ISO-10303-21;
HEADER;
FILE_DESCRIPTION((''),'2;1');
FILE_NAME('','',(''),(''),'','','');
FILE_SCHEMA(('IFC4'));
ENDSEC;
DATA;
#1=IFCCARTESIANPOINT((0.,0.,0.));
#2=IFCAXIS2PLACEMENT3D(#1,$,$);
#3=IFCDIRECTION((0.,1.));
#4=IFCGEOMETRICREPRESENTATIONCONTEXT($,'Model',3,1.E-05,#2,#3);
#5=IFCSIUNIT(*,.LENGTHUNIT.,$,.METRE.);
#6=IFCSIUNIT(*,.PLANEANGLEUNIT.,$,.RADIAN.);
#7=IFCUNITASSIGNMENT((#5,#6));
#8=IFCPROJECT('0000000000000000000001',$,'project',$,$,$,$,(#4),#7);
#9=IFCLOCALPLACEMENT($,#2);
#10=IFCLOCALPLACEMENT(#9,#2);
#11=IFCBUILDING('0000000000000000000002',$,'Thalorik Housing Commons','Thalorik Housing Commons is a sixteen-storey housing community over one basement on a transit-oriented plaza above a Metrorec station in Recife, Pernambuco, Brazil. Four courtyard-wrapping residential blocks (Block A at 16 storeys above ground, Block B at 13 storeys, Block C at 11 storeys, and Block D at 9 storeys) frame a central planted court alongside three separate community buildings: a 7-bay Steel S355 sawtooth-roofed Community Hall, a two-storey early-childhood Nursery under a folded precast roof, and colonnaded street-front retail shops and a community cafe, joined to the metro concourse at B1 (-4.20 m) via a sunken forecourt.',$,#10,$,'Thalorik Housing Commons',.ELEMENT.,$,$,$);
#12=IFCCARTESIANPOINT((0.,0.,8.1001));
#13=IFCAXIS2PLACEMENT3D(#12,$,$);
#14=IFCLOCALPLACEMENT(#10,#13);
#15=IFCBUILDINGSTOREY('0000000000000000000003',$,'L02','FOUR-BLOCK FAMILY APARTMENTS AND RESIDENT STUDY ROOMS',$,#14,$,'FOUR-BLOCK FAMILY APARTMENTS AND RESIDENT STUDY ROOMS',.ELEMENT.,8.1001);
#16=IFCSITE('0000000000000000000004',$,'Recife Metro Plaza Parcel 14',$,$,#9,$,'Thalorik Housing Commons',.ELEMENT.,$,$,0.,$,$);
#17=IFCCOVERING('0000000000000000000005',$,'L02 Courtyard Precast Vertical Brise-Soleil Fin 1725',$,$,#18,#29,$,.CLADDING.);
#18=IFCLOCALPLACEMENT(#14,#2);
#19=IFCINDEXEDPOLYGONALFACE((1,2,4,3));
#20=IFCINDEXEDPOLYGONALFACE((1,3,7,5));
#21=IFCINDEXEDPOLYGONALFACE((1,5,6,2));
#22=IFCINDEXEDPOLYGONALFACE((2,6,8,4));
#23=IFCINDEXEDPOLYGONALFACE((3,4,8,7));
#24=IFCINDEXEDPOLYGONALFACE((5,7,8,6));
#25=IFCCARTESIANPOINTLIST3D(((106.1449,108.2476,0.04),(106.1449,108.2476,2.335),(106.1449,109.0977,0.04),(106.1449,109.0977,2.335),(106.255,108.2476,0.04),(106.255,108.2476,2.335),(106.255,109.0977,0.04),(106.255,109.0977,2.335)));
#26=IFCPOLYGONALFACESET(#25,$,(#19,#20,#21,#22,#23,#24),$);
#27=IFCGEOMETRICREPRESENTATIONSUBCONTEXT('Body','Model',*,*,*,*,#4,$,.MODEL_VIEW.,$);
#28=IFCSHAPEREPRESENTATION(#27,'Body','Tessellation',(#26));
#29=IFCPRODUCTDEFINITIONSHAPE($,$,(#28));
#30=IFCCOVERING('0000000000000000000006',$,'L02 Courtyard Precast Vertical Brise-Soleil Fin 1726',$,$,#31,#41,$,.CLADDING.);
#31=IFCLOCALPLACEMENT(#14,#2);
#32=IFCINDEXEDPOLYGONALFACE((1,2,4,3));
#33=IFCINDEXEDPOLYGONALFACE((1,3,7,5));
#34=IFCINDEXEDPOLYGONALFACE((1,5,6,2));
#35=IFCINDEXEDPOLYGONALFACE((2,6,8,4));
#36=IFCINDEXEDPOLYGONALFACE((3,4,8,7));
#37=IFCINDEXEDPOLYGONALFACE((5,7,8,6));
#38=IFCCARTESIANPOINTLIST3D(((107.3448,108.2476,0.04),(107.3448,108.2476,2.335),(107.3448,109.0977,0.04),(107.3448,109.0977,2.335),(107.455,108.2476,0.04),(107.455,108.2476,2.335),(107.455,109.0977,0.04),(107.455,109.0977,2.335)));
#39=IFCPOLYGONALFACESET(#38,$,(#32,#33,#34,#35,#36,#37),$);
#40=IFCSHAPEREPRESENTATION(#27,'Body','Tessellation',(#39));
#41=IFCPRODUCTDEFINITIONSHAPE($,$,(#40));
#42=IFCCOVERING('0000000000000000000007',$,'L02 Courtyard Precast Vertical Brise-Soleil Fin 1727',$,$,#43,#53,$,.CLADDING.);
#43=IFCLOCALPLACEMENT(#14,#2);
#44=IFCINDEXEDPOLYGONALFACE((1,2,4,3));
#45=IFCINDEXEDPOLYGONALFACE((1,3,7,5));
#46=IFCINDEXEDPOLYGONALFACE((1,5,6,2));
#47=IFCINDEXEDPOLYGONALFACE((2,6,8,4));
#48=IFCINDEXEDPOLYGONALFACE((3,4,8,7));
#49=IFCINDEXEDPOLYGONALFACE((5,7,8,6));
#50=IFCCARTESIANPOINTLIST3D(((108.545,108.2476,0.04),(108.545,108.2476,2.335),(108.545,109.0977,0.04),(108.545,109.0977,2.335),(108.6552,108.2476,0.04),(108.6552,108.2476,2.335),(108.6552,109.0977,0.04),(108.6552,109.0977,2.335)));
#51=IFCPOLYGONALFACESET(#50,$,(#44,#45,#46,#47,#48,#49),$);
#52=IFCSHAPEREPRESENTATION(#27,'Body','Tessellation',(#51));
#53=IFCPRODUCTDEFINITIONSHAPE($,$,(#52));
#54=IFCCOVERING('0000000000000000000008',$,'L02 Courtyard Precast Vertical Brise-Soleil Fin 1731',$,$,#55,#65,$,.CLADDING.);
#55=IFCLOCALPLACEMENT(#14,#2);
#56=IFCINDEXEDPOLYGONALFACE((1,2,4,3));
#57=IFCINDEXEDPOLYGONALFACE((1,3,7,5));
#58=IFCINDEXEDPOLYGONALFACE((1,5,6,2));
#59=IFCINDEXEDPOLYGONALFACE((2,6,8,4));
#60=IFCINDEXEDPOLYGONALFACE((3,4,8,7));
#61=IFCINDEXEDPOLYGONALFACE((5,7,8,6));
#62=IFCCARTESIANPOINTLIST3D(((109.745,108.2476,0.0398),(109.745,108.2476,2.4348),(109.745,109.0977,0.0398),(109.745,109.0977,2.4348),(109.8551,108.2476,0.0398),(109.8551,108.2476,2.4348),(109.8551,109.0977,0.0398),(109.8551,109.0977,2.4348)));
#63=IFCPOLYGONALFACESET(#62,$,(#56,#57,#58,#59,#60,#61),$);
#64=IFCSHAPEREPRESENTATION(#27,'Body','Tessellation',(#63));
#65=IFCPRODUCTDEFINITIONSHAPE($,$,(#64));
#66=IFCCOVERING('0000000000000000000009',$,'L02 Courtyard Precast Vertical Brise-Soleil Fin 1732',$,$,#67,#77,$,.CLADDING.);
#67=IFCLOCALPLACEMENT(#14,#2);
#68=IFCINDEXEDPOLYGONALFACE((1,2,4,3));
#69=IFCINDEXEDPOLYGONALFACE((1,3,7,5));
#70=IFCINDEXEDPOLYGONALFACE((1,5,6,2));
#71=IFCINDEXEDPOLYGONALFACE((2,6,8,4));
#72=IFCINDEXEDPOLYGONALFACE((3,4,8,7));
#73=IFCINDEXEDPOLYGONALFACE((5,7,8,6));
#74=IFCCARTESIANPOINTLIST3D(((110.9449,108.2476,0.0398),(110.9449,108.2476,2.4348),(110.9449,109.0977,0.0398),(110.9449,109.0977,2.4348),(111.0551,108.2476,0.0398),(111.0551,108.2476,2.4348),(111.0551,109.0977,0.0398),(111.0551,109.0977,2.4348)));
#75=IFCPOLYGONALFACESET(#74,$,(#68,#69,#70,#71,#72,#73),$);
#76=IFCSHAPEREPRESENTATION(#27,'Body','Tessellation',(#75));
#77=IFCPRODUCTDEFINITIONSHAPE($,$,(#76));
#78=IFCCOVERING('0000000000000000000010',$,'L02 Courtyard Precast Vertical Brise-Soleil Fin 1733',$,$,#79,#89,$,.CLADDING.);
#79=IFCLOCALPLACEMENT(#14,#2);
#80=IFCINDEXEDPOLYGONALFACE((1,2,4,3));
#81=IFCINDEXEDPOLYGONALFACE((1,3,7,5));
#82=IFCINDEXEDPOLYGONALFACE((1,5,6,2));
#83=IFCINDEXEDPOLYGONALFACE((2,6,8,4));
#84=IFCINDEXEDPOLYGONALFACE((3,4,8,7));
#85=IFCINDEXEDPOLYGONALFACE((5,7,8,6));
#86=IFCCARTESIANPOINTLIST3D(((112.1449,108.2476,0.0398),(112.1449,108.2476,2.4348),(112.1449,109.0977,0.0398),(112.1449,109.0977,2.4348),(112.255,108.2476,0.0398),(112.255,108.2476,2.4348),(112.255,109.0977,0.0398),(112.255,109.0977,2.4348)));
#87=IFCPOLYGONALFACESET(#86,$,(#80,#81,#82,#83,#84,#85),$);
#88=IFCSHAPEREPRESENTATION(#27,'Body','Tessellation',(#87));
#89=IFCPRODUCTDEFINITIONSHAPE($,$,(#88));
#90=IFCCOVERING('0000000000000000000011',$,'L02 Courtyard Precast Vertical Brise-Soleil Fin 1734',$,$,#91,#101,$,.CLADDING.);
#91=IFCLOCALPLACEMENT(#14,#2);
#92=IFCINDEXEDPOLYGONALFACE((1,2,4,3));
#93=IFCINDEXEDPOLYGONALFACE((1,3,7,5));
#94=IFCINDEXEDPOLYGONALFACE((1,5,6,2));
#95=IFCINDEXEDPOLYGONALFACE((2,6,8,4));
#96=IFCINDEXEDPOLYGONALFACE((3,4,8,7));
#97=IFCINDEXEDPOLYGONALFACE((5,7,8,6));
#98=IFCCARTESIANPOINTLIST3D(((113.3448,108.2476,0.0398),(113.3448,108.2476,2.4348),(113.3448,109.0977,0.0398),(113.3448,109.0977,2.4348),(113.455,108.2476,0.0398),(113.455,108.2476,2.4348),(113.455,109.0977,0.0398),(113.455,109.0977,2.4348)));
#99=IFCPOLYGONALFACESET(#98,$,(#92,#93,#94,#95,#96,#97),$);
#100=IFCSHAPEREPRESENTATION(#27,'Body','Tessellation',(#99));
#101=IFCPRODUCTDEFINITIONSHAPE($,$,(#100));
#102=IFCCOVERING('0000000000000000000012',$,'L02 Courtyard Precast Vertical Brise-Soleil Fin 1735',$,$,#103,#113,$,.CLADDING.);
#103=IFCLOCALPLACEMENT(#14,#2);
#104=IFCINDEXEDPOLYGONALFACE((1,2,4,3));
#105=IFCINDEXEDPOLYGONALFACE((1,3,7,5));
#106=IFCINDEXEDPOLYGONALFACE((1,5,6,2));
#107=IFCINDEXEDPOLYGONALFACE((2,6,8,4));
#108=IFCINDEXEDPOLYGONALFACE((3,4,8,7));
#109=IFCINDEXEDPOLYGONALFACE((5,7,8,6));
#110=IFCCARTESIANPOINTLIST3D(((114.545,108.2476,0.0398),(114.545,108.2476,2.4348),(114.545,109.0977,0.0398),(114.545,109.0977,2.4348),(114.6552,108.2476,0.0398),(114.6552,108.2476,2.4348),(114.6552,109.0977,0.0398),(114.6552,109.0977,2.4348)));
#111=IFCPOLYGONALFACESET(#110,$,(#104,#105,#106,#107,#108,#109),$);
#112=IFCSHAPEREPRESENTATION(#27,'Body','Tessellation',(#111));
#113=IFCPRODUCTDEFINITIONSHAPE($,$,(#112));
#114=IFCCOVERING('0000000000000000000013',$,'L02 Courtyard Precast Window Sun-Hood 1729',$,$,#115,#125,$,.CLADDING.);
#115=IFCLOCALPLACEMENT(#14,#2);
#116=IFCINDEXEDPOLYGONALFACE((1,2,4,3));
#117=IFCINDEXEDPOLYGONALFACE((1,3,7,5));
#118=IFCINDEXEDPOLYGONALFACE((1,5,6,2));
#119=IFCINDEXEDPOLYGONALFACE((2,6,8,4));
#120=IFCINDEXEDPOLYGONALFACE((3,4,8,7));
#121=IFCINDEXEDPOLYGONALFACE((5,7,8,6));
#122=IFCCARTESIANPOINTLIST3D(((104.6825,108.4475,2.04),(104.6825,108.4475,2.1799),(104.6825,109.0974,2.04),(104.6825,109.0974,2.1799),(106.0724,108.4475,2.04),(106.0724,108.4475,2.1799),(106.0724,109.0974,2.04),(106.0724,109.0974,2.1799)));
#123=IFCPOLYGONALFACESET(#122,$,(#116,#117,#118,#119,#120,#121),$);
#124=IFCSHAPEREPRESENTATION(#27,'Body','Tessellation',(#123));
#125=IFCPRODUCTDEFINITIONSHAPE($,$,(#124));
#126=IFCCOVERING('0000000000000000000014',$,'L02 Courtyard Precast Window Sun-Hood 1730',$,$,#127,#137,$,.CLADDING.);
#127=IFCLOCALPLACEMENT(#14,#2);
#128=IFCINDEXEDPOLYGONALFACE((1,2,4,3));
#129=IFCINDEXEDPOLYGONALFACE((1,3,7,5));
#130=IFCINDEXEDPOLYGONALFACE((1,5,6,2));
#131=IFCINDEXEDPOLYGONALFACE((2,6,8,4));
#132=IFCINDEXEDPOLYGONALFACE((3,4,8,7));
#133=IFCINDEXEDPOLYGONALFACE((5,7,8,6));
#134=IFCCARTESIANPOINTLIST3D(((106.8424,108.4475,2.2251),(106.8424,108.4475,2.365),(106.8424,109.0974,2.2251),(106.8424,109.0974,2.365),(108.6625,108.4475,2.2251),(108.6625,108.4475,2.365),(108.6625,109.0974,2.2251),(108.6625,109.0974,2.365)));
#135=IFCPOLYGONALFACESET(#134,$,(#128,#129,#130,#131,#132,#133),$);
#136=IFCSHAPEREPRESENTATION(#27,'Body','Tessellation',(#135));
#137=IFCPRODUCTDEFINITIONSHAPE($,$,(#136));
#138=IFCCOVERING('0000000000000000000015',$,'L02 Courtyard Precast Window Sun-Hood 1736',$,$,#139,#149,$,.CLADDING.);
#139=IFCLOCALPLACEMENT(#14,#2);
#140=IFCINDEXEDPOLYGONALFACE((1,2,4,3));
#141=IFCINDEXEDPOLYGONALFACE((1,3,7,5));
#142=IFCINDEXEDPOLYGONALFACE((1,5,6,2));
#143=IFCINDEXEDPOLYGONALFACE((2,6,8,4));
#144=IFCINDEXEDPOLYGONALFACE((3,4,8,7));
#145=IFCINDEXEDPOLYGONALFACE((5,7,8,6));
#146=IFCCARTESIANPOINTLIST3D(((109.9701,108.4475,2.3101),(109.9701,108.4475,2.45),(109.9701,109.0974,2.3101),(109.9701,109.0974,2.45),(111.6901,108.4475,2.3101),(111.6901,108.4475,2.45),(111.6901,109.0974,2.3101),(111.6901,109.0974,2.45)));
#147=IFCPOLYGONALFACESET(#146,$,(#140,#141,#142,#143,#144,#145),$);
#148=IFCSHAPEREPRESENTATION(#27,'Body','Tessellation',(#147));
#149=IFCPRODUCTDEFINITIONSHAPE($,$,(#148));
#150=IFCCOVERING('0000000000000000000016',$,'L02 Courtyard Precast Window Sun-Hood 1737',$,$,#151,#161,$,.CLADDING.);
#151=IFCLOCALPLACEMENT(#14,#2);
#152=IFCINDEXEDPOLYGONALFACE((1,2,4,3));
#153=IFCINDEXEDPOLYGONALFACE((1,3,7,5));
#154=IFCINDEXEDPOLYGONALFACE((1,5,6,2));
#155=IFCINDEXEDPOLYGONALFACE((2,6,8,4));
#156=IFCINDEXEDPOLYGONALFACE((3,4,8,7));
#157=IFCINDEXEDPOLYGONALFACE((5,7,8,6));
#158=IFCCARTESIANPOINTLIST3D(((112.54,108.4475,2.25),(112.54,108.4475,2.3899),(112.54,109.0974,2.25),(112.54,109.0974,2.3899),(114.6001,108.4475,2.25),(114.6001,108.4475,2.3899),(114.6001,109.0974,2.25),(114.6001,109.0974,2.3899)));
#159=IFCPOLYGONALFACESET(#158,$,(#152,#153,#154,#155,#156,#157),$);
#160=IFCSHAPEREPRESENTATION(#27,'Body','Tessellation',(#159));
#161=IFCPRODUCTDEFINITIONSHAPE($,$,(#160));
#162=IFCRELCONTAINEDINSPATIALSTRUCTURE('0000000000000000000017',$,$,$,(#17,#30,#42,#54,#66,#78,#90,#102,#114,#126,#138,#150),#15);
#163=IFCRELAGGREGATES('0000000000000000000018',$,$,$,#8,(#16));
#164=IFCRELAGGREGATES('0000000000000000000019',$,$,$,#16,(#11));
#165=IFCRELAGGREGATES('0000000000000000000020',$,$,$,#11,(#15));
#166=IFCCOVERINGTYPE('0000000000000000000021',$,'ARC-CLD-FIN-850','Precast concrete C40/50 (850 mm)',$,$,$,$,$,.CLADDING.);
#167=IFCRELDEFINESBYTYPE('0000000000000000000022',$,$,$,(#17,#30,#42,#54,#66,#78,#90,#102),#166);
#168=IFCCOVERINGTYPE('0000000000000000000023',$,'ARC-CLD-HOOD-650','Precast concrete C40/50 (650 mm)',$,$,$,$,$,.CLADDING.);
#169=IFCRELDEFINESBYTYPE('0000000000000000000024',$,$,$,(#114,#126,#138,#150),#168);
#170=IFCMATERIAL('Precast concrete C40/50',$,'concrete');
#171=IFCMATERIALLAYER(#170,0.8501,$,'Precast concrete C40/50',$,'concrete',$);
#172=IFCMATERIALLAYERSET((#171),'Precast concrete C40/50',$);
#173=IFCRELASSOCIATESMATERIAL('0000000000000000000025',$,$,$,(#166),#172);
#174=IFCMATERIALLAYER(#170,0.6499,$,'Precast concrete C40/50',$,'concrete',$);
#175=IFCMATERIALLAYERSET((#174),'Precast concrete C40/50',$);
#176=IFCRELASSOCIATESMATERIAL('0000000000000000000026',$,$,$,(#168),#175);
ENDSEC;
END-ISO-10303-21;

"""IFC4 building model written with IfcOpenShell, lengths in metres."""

from ifc_helpers import new_model, si_unit, direction, frame, origin, origin_2d, place, context, subcontext, project, spatial, rectangle, extrude, material, layer, layer_set, type_object, element, save


model = new_model("IFC4")

# Units and contexts
model_context = context("Model", 3, precision=1e-05, world=origin(), true_north=direction((0.0, 1.0)))
body_context = subcontext(model_context, "Body", "Model", "MODEL_VIEW")
ifc_project = project(units=[si_unit("LENGTHUNIT", "METRE"), si_unit("PLANEANGLEUNIT", "RADIAN")], contexts=[model_context])

# Site, building, storey
site_placement = place(None, origin())
site = spatial("IfcSite", under=ifc_project, at=site_placement, Name="Recife Metro Plaza Parcel 14", LongName="Thalorik Housing Commons", CompositionType="ELEMENT", RefElevation=0.0)
building_placement = place(site_placement, origin())
building = spatial("IfcBuilding", under=site, at=building_placement, Name="Thalorik Housing Commons", Description="Thalorik Housing Commons is a sixteen-storey housing community over one basement on a transit-oriented plaza above a Metrorec station in Recife, Pernambuco, Brazil. Four courtyard-wrapping residential blocks (Block A at 16 storeys above ground, Block B at 13 storeys, Block C at 11 storeys, and Block D at 9 storeys) frame a central planted court alongside three separate community buildings: a 7-bay Steel S355 sawtooth-roofed Community Hall, a two-storey early-childhood Nursery under a folded precast roof, and colonnaded street-front retail shops and a community cafe, joined to the metro concourse at B1 (-4.20 m) via a sunken forecourt.", LongName="Thalorik Housing Commons", CompositionType="ELEMENT")
storey_placement = place(building_placement, frame((0.0, 0.0, 8.1001)))
storey = spatial("IfcBuildingStorey", under=building, at=storey_placement, Name="L02", Description="FOUR-BLOCK FAMILY APARTMENTS AND RESIDENT STUDY ROOMS", LongName="FOUR-BLOCK FAMILY APARTMENTS AND RESIDENT STUDY ROOMS", CompositionType="ELEMENT", Elevation=8.1001)

# Coverings
ifc_material_1 = material(Name="Precast concrete C40/50", Category="concrete")
ifc_layer_1 = layer(ifc_material_1, 0.8501, Name="Precast concrete C40/50", Category="concrete")
ifc_layer_set_1 = layer_set([ifc_layer_1], Name="Precast concrete C40/50")
covering_type_1 = type_object("IfcCoveringType", Name="ARC-CLD-FIN-850", Description="Precast concrete C40/50 (850 mm)", PredefinedType="CLADDING", material=ifc_layer_set_1)
for number, where, z_axis, x_axis, name in (
    (1, (106.2, 108.6726, 0.04), (0.0, 0.0, 1.0), (1.0, 0.0, 0.0), "L02 Courtyard Precast Vertical Brise-Soleil Fin 1725"),
    (2, (107.3999, 108.6726, 0.04), (0.0, 0.0, 1.0), (1.0, 0.0, 0.0), "L02 Courtyard Precast Vertical Brise-Soleil Fin 1726"),
    (3, (108.6001, 108.6726, 0.04), (0.0, 0.0, 1.0), (1.0, 0.0, 0.0), "L02 Courtyard Precast Vertical Brise-Soleil Fin 1727"),
):
    element("IfcCovering", number, at=place(storey_placement, frame(where, z_axis=z_axis, x_axis=x_axis)), inside=storey, type_object=covering_type_1, Name=name, PredefinedType="CLADDING", context=body_context, shape_type="SweptSolid", body=[
        extrude(rectangle(XDim=0.1101, YDim=0.8501, at=origin_2d()), origin(), (0.0, 0.0, 1.0), 2.2949),
    ])
for number, where, z_axis, x_axis, name in (
    (4, (109.8, 108.6726, 0.0398), (0.0, 0.0, 1.0), (1.0, 0.0, 0.0), "L02 Courtyard Precast Vertical Brise-Soleil Fin 1731"),
    (5, (111.0, 108.6726, 0.0398), (0.0, 0.0, 1.0), (1.0, 0.0, 0.0), "L02 Courtyard Precast Vertical Brise-Soleil Fin 1732"),
    (6, (112.2, 108.6726, 0.0398), (0.0, 0.0, 1.0), (1.0, 0.0, 0.0), "L02 Courtyard Precast Vertical Brise-Soleil Fin 1733"),
    (7, (113.3999, 108.6726, 0.0398), (0.0, 0.0, 1.0), (1.0, 0.0, 0.0), "L02 Courtyard Precast Vertical Brise-Soleil Fin 1734"),
    (8, (114.6001, 108.6726, 0.0398), (0.0, 0.0, 1.0), (1.0, 0.0, 0.0), "L02 Courtyard Precast Vertical Brise-Soleil Fin 1735"),
):
    element("IfcCovering", number, at=place(storey_placement, frame(where, z_axis=z_axis, x_axis=x_axis)), inside=storey, type_object=covering_type_1, Name=name, PredefinedType="CLADDING", context=body_context, shape_type="SweptSolid", body=[
        extrude(rectangle(XDim=0.1101, YDim=0.8501, at=origin_2d()), origin(), (0.0, 0.0, 1.0), 2.395),
    ])
ifc_layer_2 = layer(ifc_material_1, 0.6499, Name="Precast concrete C40/50", Category="concrete")
ifc_layer_set_2 = layer_set([ifc_layer_2], Name="Precast concrete C40/50")
covering_type_2 = type_object("IfcCoveringType", Name="ARC-CLD-HOOD-650", Description="Precast concrete C40/50 (650 mm)", PredefinedType="CLADDING", material=ifc_layer_set_2)
covering_1_placement = place(storey_placement, frame((105.3774, 108.7725, 2.04), z_axis=(0.0, 0.0, 1.0), x_axis=(1.0, 0.0, 0.0)))
element("IfcCovering", 9, at=covering_1_placement, inside=storey, type_object=covering_type_2, Name="L02 Courtyard Precast Window Sun-Hood 1729", PredefinedType="CLADDING", context=body_context, shape_type="SweptSolid", body=[
    extrude(rectangle(XDim=1.3899, YDim=0.6499, at=origin_2d()), origin(), (0.0, 0.0, 1.0), 0.1399),
])
covering_2_placement = place(storey_placement, frame((107.7524, 108.7725, 2.2251), z_axis=(0.0, 0.0, 1.0), x_axis=(1.0, 0.0, 0.0)))
element("IfcCovering", 10, at=covering_2_placement, inside=storey, type_object=covering_type_2, Name="L02 Courtyard Precast Window Sun-Hood 1730", PredefinedType="CLADDING", context=body_context, shape_type="SweptSolid", body=[
    extrude(rectangle(XDim=1.8201, YDim=0.6499, at=origin_2d()), origin(), (0.0, 0.0, 1.0), 0.1399),
])
covering_3_placement = place(storey_placement, frame((110.8301, 108.7725, 2.3101), z_axis=(0.0, 0.0, 1.0), x_axis=(1.0, 0.0, 0.0)))
element("IfcCovering", 11, at=covering_3_placement, inside=storey, type_object=covering_type_2, Name="L02 Courtyard Precast Window Sun-Hood 1736", PredefinedType="CLADDING", context=body_context, shape_type="SweptSolid", body=[
    extrude(rectangle(XDim=1.72, YDim=0.6499, at=origin_2d()), origin(), (0.0, 0.0, 1.0), 0.1399),
])
covering_4_placement = place(storey_placement, frame((113.5701, 108.7725, 2.25), z_axis=(0.0, 0.0, 1.0), x_axis=(1.0, 0.0, 0.0)))
element("IfcCovering", 12, at=covering_4_placement, inside=storey, type_object=covering_type_2, Name="L02 Courtyard Precast Window Sun-Hood 1737", PredefinedType="CLADDING", context=body_context, shape_type="SweptSolid", body=[
    extrude(rectangle(XDim=2.0601, YDim=0.6499, at=origin_2d()), origin(), (0.0, 0.0, 1.0), 0.1399),
])

save(model, "model.ifc")
